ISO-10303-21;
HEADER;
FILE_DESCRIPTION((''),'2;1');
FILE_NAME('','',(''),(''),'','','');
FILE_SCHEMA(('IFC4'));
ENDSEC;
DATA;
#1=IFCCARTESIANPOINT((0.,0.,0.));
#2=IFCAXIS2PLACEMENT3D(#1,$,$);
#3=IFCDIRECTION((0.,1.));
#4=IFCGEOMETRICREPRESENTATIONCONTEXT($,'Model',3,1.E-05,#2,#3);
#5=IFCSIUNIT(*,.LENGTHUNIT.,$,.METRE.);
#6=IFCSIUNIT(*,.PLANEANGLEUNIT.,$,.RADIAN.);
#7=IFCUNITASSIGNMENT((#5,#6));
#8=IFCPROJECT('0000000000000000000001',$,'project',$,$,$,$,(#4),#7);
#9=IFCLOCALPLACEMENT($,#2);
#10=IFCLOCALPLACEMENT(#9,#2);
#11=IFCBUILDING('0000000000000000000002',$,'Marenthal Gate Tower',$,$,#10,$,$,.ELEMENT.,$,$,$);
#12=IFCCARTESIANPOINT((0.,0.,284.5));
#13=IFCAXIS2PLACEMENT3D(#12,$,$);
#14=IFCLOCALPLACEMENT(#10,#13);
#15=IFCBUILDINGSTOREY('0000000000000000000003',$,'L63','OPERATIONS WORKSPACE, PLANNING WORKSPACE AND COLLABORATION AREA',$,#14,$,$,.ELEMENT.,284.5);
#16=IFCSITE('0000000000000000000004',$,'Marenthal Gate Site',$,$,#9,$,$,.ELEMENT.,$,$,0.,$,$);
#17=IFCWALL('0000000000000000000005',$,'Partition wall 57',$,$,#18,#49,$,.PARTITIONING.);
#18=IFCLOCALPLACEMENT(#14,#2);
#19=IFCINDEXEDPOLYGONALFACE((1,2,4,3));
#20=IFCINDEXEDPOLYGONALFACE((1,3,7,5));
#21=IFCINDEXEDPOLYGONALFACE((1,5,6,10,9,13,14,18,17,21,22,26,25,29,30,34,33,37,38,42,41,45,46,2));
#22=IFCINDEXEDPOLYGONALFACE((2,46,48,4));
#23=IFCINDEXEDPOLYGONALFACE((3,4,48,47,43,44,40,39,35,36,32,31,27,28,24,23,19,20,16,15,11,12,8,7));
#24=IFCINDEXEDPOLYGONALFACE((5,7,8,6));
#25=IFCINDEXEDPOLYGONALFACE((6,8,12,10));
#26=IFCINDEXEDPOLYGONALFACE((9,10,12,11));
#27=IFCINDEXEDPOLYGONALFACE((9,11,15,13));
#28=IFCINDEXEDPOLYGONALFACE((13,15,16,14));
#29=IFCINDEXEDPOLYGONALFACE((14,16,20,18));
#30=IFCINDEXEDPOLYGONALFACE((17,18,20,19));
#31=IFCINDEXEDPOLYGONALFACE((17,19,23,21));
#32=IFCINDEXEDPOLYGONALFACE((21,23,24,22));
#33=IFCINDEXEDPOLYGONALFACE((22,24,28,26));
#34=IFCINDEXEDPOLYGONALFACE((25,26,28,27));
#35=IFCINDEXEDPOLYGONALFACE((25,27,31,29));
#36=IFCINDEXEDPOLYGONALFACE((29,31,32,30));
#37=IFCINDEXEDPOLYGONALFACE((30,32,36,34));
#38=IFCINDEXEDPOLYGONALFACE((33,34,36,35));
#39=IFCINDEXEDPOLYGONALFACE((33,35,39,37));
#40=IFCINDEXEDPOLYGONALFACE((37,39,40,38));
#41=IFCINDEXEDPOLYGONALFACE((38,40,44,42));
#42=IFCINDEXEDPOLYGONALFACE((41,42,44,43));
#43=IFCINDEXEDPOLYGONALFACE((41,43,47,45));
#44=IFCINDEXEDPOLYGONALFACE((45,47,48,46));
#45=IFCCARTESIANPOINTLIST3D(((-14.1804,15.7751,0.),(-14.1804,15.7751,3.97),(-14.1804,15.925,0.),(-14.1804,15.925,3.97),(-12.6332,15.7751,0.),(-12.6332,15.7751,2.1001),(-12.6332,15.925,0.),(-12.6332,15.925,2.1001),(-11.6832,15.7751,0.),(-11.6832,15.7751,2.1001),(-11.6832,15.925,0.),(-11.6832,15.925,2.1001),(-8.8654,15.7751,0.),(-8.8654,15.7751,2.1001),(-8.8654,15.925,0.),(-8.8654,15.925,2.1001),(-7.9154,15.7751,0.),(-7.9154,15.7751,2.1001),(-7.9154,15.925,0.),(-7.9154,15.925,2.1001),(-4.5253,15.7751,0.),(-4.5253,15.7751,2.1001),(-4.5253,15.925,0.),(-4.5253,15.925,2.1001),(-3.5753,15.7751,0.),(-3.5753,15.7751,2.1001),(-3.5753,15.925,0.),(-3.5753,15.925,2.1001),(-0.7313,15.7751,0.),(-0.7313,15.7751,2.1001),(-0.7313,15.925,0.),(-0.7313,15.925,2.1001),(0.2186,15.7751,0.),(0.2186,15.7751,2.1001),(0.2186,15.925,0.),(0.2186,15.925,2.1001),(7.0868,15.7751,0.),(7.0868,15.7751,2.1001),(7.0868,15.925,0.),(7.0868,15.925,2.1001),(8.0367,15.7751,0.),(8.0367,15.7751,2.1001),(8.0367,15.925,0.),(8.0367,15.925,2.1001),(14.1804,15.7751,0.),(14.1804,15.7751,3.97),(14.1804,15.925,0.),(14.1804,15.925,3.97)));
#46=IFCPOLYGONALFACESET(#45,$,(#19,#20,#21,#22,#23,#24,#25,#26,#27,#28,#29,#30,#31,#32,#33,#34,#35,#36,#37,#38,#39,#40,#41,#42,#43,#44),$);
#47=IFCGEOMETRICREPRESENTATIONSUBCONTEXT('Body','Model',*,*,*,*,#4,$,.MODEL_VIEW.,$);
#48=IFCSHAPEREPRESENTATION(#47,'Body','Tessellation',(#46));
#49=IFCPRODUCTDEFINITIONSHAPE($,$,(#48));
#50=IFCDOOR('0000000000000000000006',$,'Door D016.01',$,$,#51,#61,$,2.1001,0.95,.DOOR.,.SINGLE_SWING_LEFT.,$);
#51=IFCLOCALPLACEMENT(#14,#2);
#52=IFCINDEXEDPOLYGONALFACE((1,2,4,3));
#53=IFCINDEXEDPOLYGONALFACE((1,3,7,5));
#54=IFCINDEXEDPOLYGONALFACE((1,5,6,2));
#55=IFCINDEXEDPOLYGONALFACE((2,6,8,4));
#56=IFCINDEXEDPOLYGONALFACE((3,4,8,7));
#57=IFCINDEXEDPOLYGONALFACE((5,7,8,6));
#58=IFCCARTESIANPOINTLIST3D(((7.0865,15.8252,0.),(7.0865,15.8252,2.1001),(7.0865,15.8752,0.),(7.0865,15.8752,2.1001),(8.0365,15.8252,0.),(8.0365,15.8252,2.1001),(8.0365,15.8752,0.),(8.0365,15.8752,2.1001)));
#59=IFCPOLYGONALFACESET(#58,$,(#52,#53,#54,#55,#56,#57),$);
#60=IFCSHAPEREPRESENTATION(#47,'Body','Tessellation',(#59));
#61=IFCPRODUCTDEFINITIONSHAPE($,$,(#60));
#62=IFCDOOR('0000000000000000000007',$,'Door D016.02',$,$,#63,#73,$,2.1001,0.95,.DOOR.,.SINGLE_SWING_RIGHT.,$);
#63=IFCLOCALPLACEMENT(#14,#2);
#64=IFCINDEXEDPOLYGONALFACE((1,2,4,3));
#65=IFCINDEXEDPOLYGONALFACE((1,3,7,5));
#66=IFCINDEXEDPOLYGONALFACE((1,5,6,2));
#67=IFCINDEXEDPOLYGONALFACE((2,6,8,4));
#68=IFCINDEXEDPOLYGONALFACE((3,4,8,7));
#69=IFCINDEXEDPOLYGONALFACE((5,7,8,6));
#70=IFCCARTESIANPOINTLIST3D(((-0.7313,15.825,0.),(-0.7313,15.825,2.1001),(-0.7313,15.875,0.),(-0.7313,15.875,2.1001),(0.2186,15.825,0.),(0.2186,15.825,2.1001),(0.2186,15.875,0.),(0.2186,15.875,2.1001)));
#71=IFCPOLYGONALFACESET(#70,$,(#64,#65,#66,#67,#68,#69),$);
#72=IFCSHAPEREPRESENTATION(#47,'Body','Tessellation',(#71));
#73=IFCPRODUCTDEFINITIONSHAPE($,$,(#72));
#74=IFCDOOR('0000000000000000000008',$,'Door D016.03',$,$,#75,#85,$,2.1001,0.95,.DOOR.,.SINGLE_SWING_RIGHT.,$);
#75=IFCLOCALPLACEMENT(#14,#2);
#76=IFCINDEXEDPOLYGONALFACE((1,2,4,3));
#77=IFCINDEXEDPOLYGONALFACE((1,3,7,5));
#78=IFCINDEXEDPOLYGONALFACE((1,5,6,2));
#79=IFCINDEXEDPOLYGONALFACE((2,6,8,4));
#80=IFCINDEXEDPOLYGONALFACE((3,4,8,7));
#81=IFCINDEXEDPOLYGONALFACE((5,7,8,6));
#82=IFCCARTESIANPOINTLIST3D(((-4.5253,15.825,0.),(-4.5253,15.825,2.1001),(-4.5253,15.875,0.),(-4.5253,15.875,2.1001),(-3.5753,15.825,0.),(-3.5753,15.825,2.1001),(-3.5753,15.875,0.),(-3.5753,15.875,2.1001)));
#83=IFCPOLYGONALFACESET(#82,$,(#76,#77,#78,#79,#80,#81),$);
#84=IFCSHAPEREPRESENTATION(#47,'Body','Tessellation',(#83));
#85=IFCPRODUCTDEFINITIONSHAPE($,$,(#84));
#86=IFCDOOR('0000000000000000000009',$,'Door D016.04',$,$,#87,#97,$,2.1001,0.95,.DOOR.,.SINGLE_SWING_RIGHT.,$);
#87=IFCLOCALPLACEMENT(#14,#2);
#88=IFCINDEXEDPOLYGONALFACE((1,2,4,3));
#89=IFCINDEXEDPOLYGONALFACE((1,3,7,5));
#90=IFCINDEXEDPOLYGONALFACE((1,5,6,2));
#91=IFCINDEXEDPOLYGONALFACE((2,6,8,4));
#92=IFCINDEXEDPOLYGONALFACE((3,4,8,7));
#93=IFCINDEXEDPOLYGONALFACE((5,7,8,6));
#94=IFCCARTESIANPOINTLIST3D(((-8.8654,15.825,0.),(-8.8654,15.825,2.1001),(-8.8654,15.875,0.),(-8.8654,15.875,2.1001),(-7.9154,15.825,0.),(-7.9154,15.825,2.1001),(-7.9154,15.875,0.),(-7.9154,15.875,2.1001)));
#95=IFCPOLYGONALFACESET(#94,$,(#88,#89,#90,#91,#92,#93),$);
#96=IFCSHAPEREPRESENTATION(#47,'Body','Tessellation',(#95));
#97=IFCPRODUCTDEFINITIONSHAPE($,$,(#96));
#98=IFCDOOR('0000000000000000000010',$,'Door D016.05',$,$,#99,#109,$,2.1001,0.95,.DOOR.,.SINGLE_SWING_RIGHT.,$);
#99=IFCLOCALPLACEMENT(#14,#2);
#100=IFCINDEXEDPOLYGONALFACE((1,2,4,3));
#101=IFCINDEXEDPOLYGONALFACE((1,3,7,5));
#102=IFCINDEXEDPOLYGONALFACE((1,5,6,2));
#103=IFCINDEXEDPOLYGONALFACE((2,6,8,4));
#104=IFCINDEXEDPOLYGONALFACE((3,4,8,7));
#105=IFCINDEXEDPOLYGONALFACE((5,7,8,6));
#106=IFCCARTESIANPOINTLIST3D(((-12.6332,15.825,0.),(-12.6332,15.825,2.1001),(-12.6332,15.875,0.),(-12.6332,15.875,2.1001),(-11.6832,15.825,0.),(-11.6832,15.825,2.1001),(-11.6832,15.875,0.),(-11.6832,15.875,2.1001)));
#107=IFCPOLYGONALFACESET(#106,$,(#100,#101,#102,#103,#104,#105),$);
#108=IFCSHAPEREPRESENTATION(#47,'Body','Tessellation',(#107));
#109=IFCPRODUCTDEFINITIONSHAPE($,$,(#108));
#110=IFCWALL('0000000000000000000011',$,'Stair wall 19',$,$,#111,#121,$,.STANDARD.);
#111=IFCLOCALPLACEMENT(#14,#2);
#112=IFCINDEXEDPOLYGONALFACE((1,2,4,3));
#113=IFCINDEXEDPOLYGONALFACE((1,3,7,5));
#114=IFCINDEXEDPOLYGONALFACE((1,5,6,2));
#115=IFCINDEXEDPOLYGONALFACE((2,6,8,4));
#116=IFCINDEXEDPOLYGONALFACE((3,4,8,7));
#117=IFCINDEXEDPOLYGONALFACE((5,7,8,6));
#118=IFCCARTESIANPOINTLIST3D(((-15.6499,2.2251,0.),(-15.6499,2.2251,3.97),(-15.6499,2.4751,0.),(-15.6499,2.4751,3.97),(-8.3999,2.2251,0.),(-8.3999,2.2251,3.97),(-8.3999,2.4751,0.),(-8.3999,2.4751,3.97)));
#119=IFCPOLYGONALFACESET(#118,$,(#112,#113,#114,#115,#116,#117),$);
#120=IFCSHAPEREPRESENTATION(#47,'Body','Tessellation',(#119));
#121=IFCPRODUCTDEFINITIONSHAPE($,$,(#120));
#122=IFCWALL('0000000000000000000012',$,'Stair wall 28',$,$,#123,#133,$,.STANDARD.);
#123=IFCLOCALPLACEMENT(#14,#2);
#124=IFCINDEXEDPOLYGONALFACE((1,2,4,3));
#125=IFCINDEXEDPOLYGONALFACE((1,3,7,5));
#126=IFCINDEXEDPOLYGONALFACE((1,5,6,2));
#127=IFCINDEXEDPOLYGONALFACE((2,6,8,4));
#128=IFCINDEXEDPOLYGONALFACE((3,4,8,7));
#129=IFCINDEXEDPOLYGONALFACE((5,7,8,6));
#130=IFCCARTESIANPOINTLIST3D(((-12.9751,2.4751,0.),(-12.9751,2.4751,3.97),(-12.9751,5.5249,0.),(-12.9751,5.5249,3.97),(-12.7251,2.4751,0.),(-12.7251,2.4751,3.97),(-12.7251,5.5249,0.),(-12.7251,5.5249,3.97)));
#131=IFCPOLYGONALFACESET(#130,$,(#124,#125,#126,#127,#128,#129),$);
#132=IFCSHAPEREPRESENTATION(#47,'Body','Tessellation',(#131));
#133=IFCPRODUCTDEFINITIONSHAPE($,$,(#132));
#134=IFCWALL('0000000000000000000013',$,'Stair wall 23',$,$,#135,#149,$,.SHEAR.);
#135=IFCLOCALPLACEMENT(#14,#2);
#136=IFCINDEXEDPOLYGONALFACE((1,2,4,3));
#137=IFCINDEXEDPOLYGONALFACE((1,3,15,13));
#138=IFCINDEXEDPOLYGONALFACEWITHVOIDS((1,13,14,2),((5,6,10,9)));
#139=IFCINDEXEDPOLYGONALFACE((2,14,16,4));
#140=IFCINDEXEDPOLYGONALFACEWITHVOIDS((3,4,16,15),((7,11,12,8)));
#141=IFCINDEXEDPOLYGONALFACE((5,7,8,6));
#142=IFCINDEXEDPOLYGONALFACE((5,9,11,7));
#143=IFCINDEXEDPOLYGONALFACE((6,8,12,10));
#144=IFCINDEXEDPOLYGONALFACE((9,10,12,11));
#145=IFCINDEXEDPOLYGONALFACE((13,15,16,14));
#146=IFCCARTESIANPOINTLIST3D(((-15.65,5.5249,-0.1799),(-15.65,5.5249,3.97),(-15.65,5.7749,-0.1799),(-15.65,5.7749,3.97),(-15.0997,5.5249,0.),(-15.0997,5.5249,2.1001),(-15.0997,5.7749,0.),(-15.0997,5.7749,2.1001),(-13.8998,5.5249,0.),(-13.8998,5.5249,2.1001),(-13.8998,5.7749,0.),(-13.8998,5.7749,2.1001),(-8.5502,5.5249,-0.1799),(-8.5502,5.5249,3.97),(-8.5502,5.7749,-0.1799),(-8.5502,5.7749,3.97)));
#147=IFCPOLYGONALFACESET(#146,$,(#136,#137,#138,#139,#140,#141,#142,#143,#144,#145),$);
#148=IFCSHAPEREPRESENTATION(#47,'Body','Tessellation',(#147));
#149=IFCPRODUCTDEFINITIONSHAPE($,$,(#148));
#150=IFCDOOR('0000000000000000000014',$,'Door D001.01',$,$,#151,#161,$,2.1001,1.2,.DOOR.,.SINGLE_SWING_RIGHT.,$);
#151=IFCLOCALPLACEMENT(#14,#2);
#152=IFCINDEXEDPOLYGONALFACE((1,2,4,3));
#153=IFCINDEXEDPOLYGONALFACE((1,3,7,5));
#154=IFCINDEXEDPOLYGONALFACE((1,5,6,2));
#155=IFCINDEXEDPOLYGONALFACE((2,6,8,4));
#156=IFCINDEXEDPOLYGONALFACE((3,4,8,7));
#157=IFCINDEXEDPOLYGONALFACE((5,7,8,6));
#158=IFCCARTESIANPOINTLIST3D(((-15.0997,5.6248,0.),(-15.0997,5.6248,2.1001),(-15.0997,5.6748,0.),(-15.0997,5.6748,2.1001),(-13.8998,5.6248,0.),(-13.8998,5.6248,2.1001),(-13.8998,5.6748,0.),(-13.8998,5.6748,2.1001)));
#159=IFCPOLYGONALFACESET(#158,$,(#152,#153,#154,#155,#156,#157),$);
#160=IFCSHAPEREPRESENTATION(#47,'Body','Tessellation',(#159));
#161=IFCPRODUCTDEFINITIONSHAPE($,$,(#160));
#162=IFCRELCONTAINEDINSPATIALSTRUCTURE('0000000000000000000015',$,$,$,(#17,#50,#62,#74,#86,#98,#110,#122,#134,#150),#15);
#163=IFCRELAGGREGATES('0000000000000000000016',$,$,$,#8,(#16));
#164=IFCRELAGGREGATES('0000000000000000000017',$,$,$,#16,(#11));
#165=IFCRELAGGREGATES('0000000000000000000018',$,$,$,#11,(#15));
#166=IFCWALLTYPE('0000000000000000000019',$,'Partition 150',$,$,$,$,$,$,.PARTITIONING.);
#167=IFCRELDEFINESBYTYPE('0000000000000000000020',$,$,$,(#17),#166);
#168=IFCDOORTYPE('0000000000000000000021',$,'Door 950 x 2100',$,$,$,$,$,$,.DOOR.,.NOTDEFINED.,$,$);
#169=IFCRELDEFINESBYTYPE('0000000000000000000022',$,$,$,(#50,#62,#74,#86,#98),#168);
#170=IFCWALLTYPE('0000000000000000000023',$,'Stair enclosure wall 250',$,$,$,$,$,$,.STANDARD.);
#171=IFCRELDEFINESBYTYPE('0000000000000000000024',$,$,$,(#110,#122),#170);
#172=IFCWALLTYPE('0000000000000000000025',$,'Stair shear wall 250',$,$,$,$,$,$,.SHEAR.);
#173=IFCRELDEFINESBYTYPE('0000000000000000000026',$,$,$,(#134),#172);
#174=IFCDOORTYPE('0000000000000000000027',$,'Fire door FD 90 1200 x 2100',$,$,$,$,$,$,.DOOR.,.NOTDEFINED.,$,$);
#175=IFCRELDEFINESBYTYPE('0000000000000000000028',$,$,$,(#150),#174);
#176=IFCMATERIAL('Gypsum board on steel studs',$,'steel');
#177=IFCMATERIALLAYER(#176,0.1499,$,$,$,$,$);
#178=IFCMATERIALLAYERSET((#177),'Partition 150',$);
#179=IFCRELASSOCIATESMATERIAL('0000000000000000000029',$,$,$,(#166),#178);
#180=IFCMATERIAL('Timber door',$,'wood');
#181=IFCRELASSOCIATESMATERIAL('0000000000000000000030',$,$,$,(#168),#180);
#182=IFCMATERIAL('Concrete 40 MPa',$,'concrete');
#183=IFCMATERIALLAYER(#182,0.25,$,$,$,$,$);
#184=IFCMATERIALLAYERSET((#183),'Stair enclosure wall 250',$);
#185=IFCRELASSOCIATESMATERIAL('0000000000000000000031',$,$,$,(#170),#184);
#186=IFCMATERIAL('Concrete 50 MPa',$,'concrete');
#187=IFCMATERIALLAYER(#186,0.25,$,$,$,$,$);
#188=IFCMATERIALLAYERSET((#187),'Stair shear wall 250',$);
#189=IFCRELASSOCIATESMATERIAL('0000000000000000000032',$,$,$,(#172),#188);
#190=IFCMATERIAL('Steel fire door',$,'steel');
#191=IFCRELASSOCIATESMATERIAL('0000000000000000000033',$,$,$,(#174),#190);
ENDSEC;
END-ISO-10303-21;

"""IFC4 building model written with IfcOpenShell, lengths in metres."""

from ifc_helpers import new_model, si_unit, direction, frame, frame_2d, origin, place, context, subcontext, project, spatial, rectangle, extrude, material, layer, layer_set, type_object, element, fill, save


model = new_model("IFC4")

# Units and contexts
model_context = context("Model", 3, precision=1e-05, world=origin(), true_north=direction((0.0, 1.0)))
body_context = subcontext(model_context, "Body", "Model", "MODEL_VIEW")
ifc_project = project(units=[si_unit("LENGTHUNIT", "METRE"), si_unit("PLANEANGLEUNIT", "RADIAN")], contexts=[model_context])

# Site, building, storey
site_placement = place(None, origin())
site = spatial("IfcSite", under=ifc_project, at=site_placement, Name="Marenthal Gate Site", CompositionType="ELEMENT", RefElevation=0.0)
building_placement = place(site_placement, origin())
building = spatial("IfcBuilding", under=site, at=building_placement, Name="Marenthal Gate Tower", CompositionType="ELEMENT")
storey_placement = place(building_placement, frame((0.0, 0.0, 284.5)))
storey = spatial("IfcBuildingStorey", under=building, at=storey_placement, Name="L63", Description="OPERATIONS WORKSPACE, PLANNING WORKSPACE AND COLLABORATION AREA", CompositionType="ELEMENT", Elevation=284.5)

# Wall, openings, doors
ifc_material_1 = material(Name="Gypsum board on steel studs", Category="steel")
ifc_layer_1 = layer(ifc_material_1, 0.1499)
ifc_layer_set_1 = layer_set([ifc_layer_1], Name="Partition 150")
wall_type_1 = type_object("IfcWallType", Name="Partition 150", PredefinedType="PARTITIONING", material=ifc_layer_set_1)
wall_1_placement = place(storey_placement, frame((-14.1804, 15.8501, 0.0), z_axis=(0.0, 0.0, 1.0), x_axis=(1.0, 0.0, 0.0)))
wall_1 = element("IfcWall", 1, at=wall_1_placement, inside=storey, type_object=wall_type_1, Name="Partition wall 57", PredefinedType="PARTITIONING", context=body_context, shape_type="SweptSolid", body=[
    extrude(rectangle(XDim=28.3608, YDim=0.1499, at=frame_2d((14.1804, 0.0))), origin(), (0.0, 0.0, 1.0), 3.97),
])
opening_1_placement = place(wall_1_placement, frame((21.2671, 0.0, 0.0)))
opening_1 = element("IfcOpeningElement", 2, at=opening_1_placement, cuts=wall_1, PredefinedType="OPENING", context=body_context, shape_type="SweptSolid", body=[
    extrude(rectangle(XDim=0.95, YDim=2.1001, at=frame_2d((0.4751, 1.05))), frame((0.0, 0.085, 0.0), z_axis=(0.0, -1.0, 0.0), x_axis=(1.0, 0.0, 0.0)), (0.0, 0.0, 1.0), 0.1699),
])
opening_2_placement = place(wall_1_placement, frame((13.449, 0.0, 0.0)))
opening_2 = element("IfcOpeningElement", 3, at=opening_2_placement, cuts=wall_1, PredefinedType="OPENING", context=body_context, shape_type="SweptSolid", body=[
    extrude(rectangle(XDim=0.95, YDim=2.1001, at=frame_2d((0.4751, 1.05))), frame((0.0, 0.085, 0.0), z_axis=(0.0, -1.0, 0.0), x_axis=(1.0, 0.0, 0.0)), (0.0, 0.0, 1.0), 0.1699),
])
opening_3_placement = place(wall_1_placement, frame((9.655, 0.0, 0.0)))
opening_3 = element("IfcOpeningElement", 4, at=opening_3_placement, cuts=wall_1, PredefinedType="OPENING", context=body_context, shape_type="SweptSolid", body=[
    extrude(rectangle(XDim=0.95, YDim=2.1001, at=frame_2d((0.4751, 1.05))), frame((0.0, 0.085, 0.0), z_axis=(0.0, -1.0, 0.0), x_axis=(1.0, 0.0, 0.0)), (0.0, 0.0, 1.0), 0.1699),
])
opening_4_placement = place(wall_1_placement, frame((5.3149, 0.0, 0.0)))
opening_4 = element("IfcOpeningElement", 5, at=opening_4_placement, cuts=wall_1, PredefinedType="OPENING", context=body_context, shape_type="SweptSolid", body=[
    extrude(rectangle(XDim=0.95, YDim=2.1001, at=frame_2d((0.4751, 1.05))), frame((0.0, 0.085, 0.0), z_axis=(0.0, -1.0, 0.0), x_axis=(1.0, 0.0, 0.0)), (0.0, 0.0, 1.0), 0.1699),
])
opening_5_placement = place(wall_1_placement, frame((1.5471, 0.0, 0.0)))
opening_5 = element("IfcOpeningElement", 6, at=opening_5_placement, cuts=wall_1, PredefinedType="OPENING", context=body_context, shape_type="SweptSolid", body=[
    extrude(rectangle(XDim=0.95, YDim=2.1001, at=frame_2d((0.4751, 1.05))), frame((0.0, 0.085, 0.0), z_axis=(0.0, -1.0, 0.0), x_axis=(1.0, 0.0, 0.0)), (0.0, 0.0, 1.0), 0.1699),
])
ifc_material_2 = material(Name="Timber door", Category="wood")
door_type_1 = type_object("IfcDoorType", Name="Door 950 x 2100", OperationType="NOTDEFINED", PredefinedType="DOOR", material=ifc_material_2)
door_1_placement = place(opening_1_placement, frame((0.95, 0.0, 0.0), z_axis=(0.0, 0.0, 1.0), x_axis=(-1.0, 0.0, 0.0)))
door_1 = element("IfcDoor", 7, at=door_1_placement, inside=storey, type_object=door_type_1, Name="Door D016.01", OperationType="SINGLE_SWING_LEFT", OverallHeight=2.1001, OverallWidth=0.95, PredefinedType="DOOR", context=body_context, shape_type="SweptSolid", body=[
    extrude(rectangle(XDim=0.95, YDim=2.1001, at=frame_2d((0.4751, 1.05))), frame((0.0, 0.0249, 0.0), z_axis=(0.0, -1.0, 0.0), x_axis=(1.0, 0.0, 0.0)), (0.0, 0.0, 1.0), 0.05),
])
fill(opening_1, door_1)
door_2_placement = place(opening_2_placement, origin())
door_2 = element("IfcDoor", 8, at=door_2_placement, inside=storey, type_object=door_type_1, Name="Door D016.02", OperationType="SINGLE_SWING_RIGHT", OverallHeight=2.1001, OverallWidth=0.95, PredefinedType="DOOR", context=body_context, shape_type="SweptSolid", body=[
    extrude(rectangle(XDim=0.95, YDim=2.1001, at=frame_2d((0.4751, 1.05))), frame((0.0, 0.0249, 0.0), z_axis=(0.0, -1.0, 0.0), x_axis=(1.0, 0.0, 0.0)), (0.0, 0.0, 1.0), 0.05),
])
fill(opening_2, door_2)
door_3_placement = place(opening_3_placement, origin())
door_3 = element("IfcDoor", 9, at=door_3_placement, inside=storey, type_object=door_type_1, Name="Door D016.03", OperationType="SINGLE_SWING_RIGHT", OverallHeight=2.1001, OverallWidth=0.95, PredefinedType="DOOR", context=body_context, shape_type="SweptSolid", body=[
    extrude(rectangle(XDim=0.95, YDim=2.1001, at=frame_2d((0.4751, 1.05))), frame((0.0, 0.0249, 0.0), z_axis=(0.0, -1.0, 0.0), x_axis=(1.0, 0.0, 0.0)), (0.0, 0.0, 1.0), 0.05),
])
fill(opening_3, door_3)
door_4_placement = place(opening_4_placement, origin())
door_4 = element("IfcDoor", 10, at=door_4_placement, inside=storey, type_object=door_type_1, Name="Door D016.04", OperationType="SINGLE_SWING_RIGHT", OverallHeight=2.1001, OverallWidth=0.95, PredefinedType="DOOR", context=body_context, shape_type="SweptSolid", body=[
    extrude(rectangle(XDim=0.95, YDim=2.1001, at=frame_2d((0.4751, 1.05))), frame((0.0, 0.0249, 0.0), z_axis=(0.0, -1.0, 0.0), x_axis=(1.0, 0.0, 0.0)), (0.0, 0.0, 1.0), 0.05),
])
fill(opening_4, door_4)
door_5_placement = place(opening_5_placement, origin())
door_5 = element("IfcDoor", 11, at=door_5_placement, inside=storey, type_object=door_type_1, Name="Door D016.05", OperationType="SINGLE_SWING_RIGHT", OverallHeight=2.1001, OverallWidth=0.95, PredefinedType="DOOR", context=body_context, shape_type="SweptSolid", body=[
    extrude(rectangle(XDim=0.95, YDim=2.1001, at=frame_2d((0.4751, 1.05))), frame((0.0, 0.0249, 0.0), z_axis=(0.0, -1.0, 0.0), x_axis=(1.0, 0.0, 0.0)), (0.0, 0.0, 1.0), 0.05),
])
fill(opening_5, door_5)

# Walls
ifc_material_3 = material(Name="Concrete 40 MPa", Category="concrete")
ifc_layer_2 = layer(ifc_material_3, 0.25)
ifc_layer_set_2 = layer_set([ifc_layer_2], Name="Stair enclosure wall 250")
wall_type_2 = type_object("IfcWallType", Name="Stair enclosure wall 250", PredefinedType="STANDARD", material=ifc_layer_set_2)
wall_2_placement = place(storey_placement, frame((-15.6499, 2.3501, 0.0), z_axis=(0.0, 0.0, 1.0), x_axis=(1.0, 0.0, 0.0)))
element("IfcWall", 12, at=wall_2_placement, inside=storey, type_object=wall_type_2, Name="Stair wall 19", PredefinedType="STANDARD", context=body_context, shape_type="SweptSolid", body=[
    extrude(rectangle(XDim=7.25, YDim=0.25, at=frame_2d((3.625, 0.0))), origin(), (0.0, 0.0, 1.0), 3.97),
])
wall_3_placement = place(storey_placement, frame((-12.8501, 2.4751, 0.0), z_axis=(0.0, 0.0, 1.0), x_axis=(0.0, 1.0, 0.0)))
element("IfcWall", 13, at=wall_3_placement, inside=storey, type_object=wall_type_2, Name="Stair wall 28", PredefinedType="STANDARD", context=body_context, shape_type="SweptSolid", body=[
    extrude(rectangle(XDim=3.0498, YDim=0.25, at=frame_2d((1.5249, 0.0))), origin(), (0.0, 0.0, 1.0), 3.97),
])

# Wall, opening, door
ifc_material_4 = material(Name="Concrete 50 MPa", Category="concrete")
ifc_layer_3 = layer(ifc_material_4, 0.25)
ifc_layer_set_3 = layer_set([ifc_layer_3], Name="Stair shear wall 250")
wall_type_3 = type_object("IfcWallType", Name="Stair shear wall 250", PredefinedType="SHEAR", material=ifc_layer_set_3)
wall_4_placement = place(storey_placement, frame((-15.6499, 5.6499, -0.1799), z_axis=(0.0, 0.0, 1.0), x_axis=(1.0, 0.0, 0.0)))
wall_4 = element("IfcWall", 14, at=wall_4_placement, inside=storey, type_object=wall_type_3, Name="Stair wall 23", PredefinedType="SHEAR", context=body_context, shape_type="SweptSolid", body=[
    extrude(rectangle(XDim=7.0999, YDim=0.25, at=frame_2d((3.5498, 0.0))), origin(), (0.0, 0.0, 1.0), 4.1499),
])
opening_6_placement = place(wall_4_placement, frame((0.55, 0.0, 0.1799)))
opening_6 = element("IfcOpeningElement", 15, at=opening_6_placement, cuts=wall_4, PredefinedType="OPENING", context=body_context, shape_type="SweptSolid", body=[
    extrude(rectangle(XDim=1.2, YDim=2.1001, at=frame_2d((0.6001, 1.05))), frame((0.0, 0.135, 0.0), z_axis=(0.0, -1.0, 0.0), x_axis=(1.0, 0.0, 0.0)), (0.0, 0.0, 1.0), 0.27),
])
ifc_material_5 = material(Name="Steel fire door", Category="steel")
door_type_2 = type_object("IfcDoorType", Name="Fire door FD 90 1200 x 2100", OperationType="NOTDEFINED", PredefinedType="DOOR", material=ifc_material_5)
door_6_placement = place(opening_6_placement, origin())
door_6 = element("IfcDoor", 16, at=door_6_placement, inside=storey, type_object=door_type_2, Name="Door D001.01", OperationType="SINGLE_SWING_RIGHT", OverallHeight=2.1001, OverallWidth=1.2, PredefinedType="DOOR", context=body_context, shape_type="SweptSolid", body=[
    extrude(rectangle(XDim=1.2, YDim=2.1001, at=frame_2d((0.6001, 1.05))), frame((0.0, 0.0249, 0.0), z_axis=(0.0, -1.0, 0.0), x_axis=(1.0, 0.0, 0.0)), (0.0, 0.0, 1.0), 0.05),
])
fill(opening_6, door_6)

save(model, "model.ifc")
